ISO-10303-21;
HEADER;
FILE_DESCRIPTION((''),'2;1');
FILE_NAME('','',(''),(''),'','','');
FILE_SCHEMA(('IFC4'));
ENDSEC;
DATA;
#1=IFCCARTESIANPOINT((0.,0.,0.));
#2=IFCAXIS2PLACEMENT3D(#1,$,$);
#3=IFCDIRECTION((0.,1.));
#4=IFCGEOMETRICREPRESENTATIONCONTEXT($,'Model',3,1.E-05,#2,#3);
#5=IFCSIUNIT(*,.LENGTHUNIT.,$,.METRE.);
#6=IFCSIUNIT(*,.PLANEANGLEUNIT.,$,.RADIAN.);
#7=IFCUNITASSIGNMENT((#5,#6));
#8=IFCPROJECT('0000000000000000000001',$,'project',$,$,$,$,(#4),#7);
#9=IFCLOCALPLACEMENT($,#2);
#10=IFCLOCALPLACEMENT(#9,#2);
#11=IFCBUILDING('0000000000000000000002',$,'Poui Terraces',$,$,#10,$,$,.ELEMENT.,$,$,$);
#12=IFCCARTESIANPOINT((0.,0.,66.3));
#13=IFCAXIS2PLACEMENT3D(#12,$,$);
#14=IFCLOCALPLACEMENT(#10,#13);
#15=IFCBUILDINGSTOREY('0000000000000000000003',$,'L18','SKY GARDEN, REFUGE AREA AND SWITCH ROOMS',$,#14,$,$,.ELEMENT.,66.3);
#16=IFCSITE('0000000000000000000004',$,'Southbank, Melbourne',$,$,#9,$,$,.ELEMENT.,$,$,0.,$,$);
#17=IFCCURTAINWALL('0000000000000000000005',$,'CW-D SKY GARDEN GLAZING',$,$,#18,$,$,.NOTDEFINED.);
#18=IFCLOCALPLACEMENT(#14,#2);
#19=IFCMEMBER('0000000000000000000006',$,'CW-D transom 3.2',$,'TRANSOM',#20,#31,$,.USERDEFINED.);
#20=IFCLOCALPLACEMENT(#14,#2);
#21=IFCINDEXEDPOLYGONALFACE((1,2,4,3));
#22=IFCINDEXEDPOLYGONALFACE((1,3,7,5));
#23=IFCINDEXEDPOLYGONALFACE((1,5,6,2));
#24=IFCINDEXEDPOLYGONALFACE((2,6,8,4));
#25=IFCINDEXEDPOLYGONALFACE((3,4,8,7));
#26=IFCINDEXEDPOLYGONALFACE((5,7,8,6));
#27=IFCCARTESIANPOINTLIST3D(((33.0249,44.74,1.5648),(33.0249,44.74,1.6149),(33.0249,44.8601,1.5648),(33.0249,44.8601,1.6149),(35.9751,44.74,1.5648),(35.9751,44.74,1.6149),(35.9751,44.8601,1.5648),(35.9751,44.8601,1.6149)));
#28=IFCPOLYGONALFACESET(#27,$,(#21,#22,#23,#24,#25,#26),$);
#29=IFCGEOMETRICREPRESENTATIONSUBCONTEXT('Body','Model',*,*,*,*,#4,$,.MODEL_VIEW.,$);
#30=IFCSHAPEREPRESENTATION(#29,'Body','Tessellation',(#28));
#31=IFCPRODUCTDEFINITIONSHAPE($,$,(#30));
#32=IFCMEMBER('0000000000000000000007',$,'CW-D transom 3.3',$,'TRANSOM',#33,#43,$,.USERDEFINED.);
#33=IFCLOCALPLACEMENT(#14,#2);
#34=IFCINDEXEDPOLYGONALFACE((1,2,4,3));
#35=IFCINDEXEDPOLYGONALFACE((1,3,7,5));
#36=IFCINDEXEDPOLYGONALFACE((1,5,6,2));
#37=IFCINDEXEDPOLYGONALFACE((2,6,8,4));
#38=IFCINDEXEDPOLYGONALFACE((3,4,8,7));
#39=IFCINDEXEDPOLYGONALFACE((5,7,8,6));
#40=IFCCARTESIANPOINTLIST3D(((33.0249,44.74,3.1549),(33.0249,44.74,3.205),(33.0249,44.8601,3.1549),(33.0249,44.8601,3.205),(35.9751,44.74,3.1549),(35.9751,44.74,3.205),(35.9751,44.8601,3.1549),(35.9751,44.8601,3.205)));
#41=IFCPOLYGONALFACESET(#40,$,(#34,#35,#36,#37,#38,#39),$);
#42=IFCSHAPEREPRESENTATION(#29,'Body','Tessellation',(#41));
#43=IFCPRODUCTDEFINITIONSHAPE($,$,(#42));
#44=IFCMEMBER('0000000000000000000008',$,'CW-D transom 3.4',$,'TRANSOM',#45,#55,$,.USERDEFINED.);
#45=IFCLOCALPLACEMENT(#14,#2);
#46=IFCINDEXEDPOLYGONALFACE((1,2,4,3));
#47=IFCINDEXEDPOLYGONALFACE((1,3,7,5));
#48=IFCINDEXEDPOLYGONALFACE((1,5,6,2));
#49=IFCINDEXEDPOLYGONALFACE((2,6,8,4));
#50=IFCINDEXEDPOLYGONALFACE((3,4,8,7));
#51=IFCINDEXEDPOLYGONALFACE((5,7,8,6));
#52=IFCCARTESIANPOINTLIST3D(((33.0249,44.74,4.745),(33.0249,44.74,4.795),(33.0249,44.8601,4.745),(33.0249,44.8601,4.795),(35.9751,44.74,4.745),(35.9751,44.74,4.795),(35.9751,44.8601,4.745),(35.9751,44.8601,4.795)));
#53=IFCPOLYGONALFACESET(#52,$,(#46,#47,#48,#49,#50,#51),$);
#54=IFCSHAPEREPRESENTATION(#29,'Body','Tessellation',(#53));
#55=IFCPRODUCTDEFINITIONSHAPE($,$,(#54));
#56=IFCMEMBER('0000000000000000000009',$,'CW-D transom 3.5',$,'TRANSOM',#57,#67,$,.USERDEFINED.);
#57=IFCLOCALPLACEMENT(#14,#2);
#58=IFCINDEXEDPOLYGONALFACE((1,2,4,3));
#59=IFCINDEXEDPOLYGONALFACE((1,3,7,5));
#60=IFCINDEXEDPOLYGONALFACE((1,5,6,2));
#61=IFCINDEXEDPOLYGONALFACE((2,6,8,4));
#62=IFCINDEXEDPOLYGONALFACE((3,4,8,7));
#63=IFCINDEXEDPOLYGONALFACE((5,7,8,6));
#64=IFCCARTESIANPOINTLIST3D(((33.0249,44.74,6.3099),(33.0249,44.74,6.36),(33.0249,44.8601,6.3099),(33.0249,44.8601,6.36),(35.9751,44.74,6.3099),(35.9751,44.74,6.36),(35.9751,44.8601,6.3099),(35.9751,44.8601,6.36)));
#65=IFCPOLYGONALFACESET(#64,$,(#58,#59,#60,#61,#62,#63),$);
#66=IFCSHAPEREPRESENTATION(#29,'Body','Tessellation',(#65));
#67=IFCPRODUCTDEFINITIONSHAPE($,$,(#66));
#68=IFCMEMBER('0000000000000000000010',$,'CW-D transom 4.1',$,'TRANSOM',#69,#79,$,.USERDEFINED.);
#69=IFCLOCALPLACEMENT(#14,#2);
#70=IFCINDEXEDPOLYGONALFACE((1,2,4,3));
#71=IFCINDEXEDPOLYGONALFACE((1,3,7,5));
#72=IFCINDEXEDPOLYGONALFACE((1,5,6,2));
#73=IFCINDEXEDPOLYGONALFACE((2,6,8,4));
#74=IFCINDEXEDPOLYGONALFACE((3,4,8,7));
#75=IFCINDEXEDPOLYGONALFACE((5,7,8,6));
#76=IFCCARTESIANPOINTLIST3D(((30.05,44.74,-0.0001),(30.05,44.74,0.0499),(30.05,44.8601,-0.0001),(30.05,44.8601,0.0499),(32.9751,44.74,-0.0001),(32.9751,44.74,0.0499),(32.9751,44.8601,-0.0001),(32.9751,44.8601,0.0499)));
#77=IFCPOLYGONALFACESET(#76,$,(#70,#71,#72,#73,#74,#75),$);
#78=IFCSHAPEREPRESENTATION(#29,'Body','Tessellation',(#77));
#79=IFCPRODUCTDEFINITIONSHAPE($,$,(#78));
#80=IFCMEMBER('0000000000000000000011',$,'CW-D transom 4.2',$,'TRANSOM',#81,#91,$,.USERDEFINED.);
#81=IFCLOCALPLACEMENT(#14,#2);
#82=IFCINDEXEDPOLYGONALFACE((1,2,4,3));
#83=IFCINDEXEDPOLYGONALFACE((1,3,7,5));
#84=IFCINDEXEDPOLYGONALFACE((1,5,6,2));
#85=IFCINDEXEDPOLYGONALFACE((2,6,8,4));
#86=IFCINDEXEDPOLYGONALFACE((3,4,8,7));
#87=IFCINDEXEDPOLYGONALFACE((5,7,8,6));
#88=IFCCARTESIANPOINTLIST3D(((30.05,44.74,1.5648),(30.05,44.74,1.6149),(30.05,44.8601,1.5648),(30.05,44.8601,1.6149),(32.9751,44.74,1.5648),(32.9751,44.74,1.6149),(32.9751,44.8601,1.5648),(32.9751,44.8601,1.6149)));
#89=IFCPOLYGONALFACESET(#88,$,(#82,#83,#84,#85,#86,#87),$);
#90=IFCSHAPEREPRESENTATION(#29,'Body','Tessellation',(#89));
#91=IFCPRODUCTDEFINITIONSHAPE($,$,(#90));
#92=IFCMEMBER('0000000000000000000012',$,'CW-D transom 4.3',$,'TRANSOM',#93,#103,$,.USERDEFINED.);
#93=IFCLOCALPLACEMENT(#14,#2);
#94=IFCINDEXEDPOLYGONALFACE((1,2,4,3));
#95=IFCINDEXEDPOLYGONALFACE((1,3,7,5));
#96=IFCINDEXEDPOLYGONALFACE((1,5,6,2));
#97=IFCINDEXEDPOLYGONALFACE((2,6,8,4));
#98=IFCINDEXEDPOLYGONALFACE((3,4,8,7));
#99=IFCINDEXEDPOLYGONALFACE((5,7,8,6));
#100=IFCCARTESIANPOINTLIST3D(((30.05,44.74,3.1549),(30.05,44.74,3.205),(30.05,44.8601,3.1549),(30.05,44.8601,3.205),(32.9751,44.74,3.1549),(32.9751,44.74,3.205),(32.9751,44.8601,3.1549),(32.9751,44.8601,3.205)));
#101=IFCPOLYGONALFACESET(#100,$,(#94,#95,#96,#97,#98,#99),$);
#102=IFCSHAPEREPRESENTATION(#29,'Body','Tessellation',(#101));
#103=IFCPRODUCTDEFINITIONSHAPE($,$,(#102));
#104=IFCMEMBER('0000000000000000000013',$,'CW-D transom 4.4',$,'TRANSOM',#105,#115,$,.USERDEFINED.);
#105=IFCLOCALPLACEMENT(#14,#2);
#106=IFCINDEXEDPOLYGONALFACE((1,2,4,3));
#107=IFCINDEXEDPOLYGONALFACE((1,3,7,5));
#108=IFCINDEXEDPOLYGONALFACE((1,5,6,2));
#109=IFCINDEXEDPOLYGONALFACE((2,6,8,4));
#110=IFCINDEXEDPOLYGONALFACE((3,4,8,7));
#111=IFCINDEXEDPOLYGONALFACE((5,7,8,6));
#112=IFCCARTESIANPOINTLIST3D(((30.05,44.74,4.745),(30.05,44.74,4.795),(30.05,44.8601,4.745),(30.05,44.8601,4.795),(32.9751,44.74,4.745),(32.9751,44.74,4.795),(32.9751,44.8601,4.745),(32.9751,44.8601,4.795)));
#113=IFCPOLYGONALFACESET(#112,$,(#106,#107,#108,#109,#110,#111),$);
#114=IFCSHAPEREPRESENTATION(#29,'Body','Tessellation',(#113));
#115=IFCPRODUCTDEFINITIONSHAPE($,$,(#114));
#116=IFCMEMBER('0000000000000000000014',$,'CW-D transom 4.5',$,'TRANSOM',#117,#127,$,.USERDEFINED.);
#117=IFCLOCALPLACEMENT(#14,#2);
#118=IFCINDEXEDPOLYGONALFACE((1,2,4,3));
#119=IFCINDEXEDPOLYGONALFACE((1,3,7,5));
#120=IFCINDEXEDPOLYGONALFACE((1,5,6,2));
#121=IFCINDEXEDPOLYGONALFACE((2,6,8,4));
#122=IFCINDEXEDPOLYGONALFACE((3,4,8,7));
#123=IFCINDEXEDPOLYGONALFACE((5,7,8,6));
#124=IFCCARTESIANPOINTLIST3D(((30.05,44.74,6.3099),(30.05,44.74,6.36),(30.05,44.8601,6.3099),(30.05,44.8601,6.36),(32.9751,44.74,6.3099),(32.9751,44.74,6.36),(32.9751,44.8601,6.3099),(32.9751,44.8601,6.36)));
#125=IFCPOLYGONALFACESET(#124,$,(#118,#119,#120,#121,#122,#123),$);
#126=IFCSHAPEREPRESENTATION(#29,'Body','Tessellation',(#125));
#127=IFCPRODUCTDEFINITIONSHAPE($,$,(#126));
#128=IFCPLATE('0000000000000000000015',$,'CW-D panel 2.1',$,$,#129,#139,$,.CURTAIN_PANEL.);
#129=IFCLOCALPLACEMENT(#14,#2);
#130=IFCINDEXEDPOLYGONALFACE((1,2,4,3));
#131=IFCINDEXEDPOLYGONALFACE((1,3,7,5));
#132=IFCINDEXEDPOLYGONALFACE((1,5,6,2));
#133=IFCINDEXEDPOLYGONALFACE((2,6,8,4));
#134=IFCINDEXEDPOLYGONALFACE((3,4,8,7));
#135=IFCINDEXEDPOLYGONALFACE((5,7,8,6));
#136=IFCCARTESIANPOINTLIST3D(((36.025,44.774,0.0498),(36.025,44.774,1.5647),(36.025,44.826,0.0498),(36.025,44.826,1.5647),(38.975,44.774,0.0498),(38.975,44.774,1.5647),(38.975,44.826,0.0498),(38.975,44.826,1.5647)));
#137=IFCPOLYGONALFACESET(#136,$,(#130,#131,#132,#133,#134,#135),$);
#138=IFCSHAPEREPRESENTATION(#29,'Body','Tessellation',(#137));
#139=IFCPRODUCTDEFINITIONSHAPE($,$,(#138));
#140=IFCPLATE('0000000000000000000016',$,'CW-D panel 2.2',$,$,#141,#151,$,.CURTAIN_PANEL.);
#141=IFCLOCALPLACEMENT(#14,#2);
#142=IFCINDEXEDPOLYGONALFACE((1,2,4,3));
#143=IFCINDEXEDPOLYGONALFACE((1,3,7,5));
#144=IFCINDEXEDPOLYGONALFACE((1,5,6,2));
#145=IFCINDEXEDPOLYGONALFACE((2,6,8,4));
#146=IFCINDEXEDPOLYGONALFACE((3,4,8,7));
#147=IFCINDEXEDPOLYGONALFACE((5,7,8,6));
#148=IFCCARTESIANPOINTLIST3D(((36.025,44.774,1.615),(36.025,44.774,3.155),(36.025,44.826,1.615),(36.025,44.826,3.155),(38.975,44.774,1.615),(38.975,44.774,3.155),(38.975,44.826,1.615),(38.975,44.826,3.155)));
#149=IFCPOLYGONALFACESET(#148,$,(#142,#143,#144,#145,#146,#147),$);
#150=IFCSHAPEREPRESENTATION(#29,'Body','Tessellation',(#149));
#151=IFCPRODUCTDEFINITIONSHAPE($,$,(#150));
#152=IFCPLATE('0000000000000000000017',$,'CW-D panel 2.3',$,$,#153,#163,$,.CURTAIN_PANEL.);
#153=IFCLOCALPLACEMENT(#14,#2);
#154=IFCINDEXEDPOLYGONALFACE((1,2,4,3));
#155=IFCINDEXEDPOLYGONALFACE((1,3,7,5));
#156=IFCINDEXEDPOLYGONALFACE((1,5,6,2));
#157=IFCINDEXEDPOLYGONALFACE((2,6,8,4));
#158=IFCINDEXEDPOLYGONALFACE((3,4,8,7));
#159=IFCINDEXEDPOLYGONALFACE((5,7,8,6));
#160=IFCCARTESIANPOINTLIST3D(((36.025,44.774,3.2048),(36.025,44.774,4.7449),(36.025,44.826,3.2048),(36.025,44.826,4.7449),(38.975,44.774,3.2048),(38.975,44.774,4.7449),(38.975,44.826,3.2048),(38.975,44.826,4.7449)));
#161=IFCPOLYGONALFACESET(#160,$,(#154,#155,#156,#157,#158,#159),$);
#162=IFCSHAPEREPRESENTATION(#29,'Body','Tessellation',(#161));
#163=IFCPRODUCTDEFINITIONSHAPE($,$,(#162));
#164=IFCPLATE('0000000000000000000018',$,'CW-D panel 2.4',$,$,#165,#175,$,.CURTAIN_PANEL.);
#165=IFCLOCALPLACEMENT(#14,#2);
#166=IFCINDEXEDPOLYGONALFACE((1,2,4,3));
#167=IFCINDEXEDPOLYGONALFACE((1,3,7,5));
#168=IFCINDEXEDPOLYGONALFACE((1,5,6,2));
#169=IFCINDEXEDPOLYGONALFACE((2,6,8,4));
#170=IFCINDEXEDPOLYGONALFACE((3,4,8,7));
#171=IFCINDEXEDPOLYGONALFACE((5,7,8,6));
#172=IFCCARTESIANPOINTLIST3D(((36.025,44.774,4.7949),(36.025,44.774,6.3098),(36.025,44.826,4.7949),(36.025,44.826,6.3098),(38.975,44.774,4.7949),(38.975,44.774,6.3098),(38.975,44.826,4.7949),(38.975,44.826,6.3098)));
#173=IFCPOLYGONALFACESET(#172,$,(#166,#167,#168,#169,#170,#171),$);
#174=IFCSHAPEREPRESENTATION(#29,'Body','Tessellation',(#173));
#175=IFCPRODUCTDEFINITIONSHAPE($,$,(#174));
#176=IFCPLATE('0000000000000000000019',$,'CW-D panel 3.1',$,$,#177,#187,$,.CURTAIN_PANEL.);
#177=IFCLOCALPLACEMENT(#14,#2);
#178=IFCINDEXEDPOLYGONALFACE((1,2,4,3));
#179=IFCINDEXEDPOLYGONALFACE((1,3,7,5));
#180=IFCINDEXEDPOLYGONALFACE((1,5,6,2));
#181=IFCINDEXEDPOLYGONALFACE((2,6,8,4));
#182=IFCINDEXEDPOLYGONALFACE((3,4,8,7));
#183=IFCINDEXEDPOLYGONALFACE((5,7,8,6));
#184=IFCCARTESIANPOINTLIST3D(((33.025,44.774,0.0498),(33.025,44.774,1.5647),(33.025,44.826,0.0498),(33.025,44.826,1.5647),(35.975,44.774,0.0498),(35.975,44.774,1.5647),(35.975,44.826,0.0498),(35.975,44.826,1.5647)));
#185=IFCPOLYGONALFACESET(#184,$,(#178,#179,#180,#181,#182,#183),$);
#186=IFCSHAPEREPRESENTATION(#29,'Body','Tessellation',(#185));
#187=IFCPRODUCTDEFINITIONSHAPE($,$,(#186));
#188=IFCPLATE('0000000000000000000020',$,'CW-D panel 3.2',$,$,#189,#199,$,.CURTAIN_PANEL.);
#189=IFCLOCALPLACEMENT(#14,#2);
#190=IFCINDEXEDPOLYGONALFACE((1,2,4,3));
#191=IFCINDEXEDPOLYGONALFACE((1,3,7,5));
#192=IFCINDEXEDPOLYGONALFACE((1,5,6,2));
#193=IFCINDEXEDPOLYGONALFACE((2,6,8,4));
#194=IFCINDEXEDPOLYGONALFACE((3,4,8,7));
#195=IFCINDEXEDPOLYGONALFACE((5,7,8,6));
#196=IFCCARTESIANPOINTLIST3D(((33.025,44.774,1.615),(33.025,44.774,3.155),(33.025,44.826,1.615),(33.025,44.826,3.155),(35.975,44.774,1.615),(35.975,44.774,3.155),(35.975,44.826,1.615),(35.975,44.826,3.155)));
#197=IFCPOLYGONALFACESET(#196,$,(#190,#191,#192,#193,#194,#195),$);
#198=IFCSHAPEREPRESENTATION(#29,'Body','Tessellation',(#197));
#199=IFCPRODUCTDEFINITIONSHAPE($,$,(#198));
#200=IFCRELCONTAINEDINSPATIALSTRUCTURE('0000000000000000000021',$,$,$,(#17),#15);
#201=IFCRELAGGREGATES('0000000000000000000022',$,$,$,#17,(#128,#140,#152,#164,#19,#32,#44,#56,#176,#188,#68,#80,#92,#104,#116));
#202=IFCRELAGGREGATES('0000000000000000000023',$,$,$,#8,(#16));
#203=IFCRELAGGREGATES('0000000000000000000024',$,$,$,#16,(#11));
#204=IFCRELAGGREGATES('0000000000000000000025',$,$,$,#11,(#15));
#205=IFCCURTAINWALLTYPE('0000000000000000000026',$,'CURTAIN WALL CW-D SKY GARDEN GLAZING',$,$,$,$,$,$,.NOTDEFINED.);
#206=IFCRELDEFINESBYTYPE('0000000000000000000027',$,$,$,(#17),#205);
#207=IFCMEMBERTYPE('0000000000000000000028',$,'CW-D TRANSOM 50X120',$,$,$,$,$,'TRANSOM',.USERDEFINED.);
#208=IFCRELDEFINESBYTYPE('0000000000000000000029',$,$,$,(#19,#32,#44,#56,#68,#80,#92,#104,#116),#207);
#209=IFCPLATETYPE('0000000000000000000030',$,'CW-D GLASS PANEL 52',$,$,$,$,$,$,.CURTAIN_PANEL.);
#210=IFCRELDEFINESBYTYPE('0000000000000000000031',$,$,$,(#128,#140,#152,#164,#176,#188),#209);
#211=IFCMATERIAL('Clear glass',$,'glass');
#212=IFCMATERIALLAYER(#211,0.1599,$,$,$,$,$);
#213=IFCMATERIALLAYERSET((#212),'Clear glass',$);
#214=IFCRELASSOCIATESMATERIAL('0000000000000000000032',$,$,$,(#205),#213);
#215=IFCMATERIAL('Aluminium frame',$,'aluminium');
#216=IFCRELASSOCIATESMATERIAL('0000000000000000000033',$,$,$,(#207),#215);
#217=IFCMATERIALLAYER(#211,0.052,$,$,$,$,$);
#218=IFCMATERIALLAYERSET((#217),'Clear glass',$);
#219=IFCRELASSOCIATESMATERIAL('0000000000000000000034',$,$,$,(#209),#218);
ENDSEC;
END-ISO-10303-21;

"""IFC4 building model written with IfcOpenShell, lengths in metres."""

from ifc_helpers import new_model, si_unit, direction, frame, origin, origin_2d, place, context, subcontext, project, spatial, rectangle, extrude, material, layer, layer_set, material_profile, profile_set, type_object, element, aggregate, save


model = new_model("IFC4")

# Units and contexts
model_context = context("Model", 3, precision=1e-05, world=origin(), true_north=direction((0.0, 1.0)))
body_context = subcontext(model_context, "Body", "Model", "MODEL_VIEW")
ifc_project = project(units=[si_unit("LENGTHUNIT", "METRE"), si_unit("PLANEANGLEUNIT", "RADIAN")], contexts=[model_context])

# Site, building, storey
site_placement = place(None, origin())
site = spatial("IfcSite", under=ifc_project, at=site_placement, Name="Southbank, Melbourne", CompositionType="ELEMENT", RefElevation=0.0)
building_placement = place(site_placement, origin())
building = spatial("IfcBuilding", under=site, at=building_placement, Name="Poui Terraces", CompositionType="ELEMENT")
storey_placement = place(building_placement, frame((0.0, 0.0, 66.3)))
storey = spatial("IfcBuildingStorey", under=building, at=storey_placement, Name="L18", Description="SKY GARDEN, REFUGE AREA AND SWITCH ROOMS", CompositionType="ELEMENT", Elevation=66.3)

# Shared definitions
ifc_material_1 = material(Name="Clear glass", Category="glass")
ifc_layer_1 = layer(ifc_material_1, 0.1599)
ifc_layer_set_1 = layer_set([ifc_layer_1], Name="Clear glass")
curtain_wall_type = type_object("IfcCurtainWallType", Name="CURTAIN WALL CW-D SKY GARDEN GLAZING", PredefinedType="NOTDEFINED", material=ifc_layer_set_1)
ifc_material_2 = material(Name="Aluminium frame", Category="aluminium")

# Curtain wall
curtain_wall_1_placement = place(storey_placement, origin())
curtain_wall_1 = element("IfcCurtainWall", 1, at=curtain_wall_1_placement, inside=storey, type_object=curtain_wall_type, Name="CW-D SKY GARDEN GLAZING", PredefinedType="NOTDEFINED")

# Members
ifc_material_profile_1 = material_profile(ifc_material_2, rectangle(XDim=0.1201, YDim=0.05, at=origin_2d()), Name="CW-D TRANSOM 50X120")
ifc_profile_set_1 = profile_set([ifc_material_profile_1], Name="Aluminium frame")
member_type_1 = type_object("IfcMemberType", Name="CW-D TRANSOM 50X120", ElementType="TRANSOM", PredefinedType="USERDEFINED", material=ifc_profile_set_1)
member_1_placement = place(storey_placement, frame((35.9751, 44.8, 1.5898), z_axis=(-1.0, 0.0, 0.0), x_axis=(0.0, -1.0, 0.0)))
member_1 = element("IfcMember", 2, at=member_1_placement, type_object=member_type_1, Name="CW-D transom 3.2", ObjectType="TRANSOM", PredefinedType="USERDEFINED", context=body_context, shape_type="SweptSolid", body=[
    extrude(rectangle(XDim=0.1201, YDim=0.05, at=origin_2d()), origin(), (0.0, 0.0, 1.0), 2.9502),
])
member_2_placement = place(storey_placement, frame((35.9751, 44.8, 3.1799), z_axis=(-1.0, 0.0, 0.0), x_axis=(0.0, -1.0, 0.0)))
member_2 = element("IfcMember", 3, at=member_2_placement, type_object=member_type_1, Name="CW-D transom 3.3", ObjectType="TRANSOM", PredefinedType="USERDEFINED", context=body_context, shape_type="SweptSolid", body=[
    extrude(rectangle(XDim=0.1201, YDim=0.05, at=origin_2d()), origin(), (0.0, 0.0, 1.0), 2.9502),
])
member_3_placement = place(storey_placement, frame((35.9751, 44.8, 4.77), z_axis=(-1.0, 0.0, 0.0), x_axis=(0.0, -1.0, 0.0)))
member_3 = element("IfcMember", 4, at=member_3_placement, type_object=member_type_1, Name="CW-D transom 3.4", ObjectType="TRANSOM", PredefinedType="USERDEFINED", context=body_context, shape_type="SweptSolid", body=[
    extrude(rectangle(XDim=0.1201, YDim=0.05, at=origin_2d()), origin(), (0.0, 0.0, 1.0), 2.9502),
])
member_4_placement = place(storey_placement, frame((35.9751, 44.8, 6.335), z_axis=(-1.0, 0.0, 0.0), x_axis=(0.0, -1.0, 0.0)))
member_4 = element("IfcMember", 5, at=member_4_placement, type_object=member_type_1, Name="CW-D transom 3.5", ObjectType="TRANSOM", PredefinedType="USERDEFINED", context=body_context, shape_type="SweptSolid", body=[
    extrude(rectangle(XDim=0.1201, YDim=0.05, at=origin_2d()), origin(), (0.0, 0.0, 1.0), 2.9502),
])
member_5_placement = place(storey_placement, frame((32.9751, 44.8, 0.0249), z_axis=(-1.0, 0.0, 0.0), x_axis=(0.0, -1.0, 0.0)))
member_5 = element("IfcMember", 6, at=member_5_placement, type_object=member_type_1, Name="CW-D transom 4.1", ObjectType="TRANSOM", PredefinedType="USERDEFINED", context=body_context, shape_type="SweptSolid", body=[
    extrude(rectangle(XDim=0.1201, YDim=0.05, at=origin_2d()), origin(), (0.0, 0.0, 1.0), 2.925),
])
member_6_placement = place(storey_placement, frame((32.9751, 44.8, 1.5898), z_axis=(-1.0, 0.0, 0.0), x_axis=(0.0, -1.0, 0.0)))
member_6 = element("IfcMember", 7, at=member_6_placement, type_object=member_type_1, Name="CW-D transom 4.2", ObjectType="TRANSOM", PredefinedType="USERDEFINED", context=body_context, shape_type="SweptSolid", body=[
    extrude(rectangle(XDim=0.1201, YDim=0.05, at=origin_2d()), origin(), (0.0, 0.0, 1.0), 2.925),
])
member_7_placement = place(storey_placement, frame((32.9751, 44.8, 3.1799), z_axis=(-1.0, 0.0, 0.0), x_axis=(0.0, -1.0, 0.0)))
member_7 = element("IfcMember", 8, at=member_7_placement, type_object=member_type_1, Name="CW-D transom 4.3", ObjectType="TRANSOM", PredefinedType="USERDEFINED", context=body_context, shape_type="SweptSolid", body=[
    extrude(rectangle(XDim=0.1201, YDim=0.05, at=origin_2d()), origin(), (0.0, 0.0, 1.0), 2.925),
])
member_8_placement = place(storey_placement, frame((32.9751, 44.8, 4.77), z_axis=(-1.0, 0.0, 0.0), x_axis=(0.0, -1.0, 0.0)))
member_8 = element("IfcMember", 9, at=member_8_placement, type_object=member_type_1, Name="CW-D transom 4.4", ObjectType="TRANSOM", PredefinedType="USERDEFINED", context=body_context, shape_type="SweptSolid", body=[
    extrude(rectangle(XDim=0.1201, YDim=0.05, at=origin_2d()), origin(), (0.0, 0.0, 1.0), 2.925),
])
member_9_placement = place(storey_placement, frame((32.9751, 44.8, 6.335), z_axis=(-1.0, 0.0, 0.0), x_axis=(0.0, -1.0, 0.0)))
member_9 = element("IfcMember", 10, at=member_9_placement, type_object=member_type_1, Name="CW-D transom 4.5", ObjectType="TRANSOM", PredefinedType="USERDEFINED", context=body_context, shape_type="SweptSolid", body=[
    extrude(rectangle(XDim=0.1201, YDim=0.05, at=origin_2d()), origin(), (0.0, 0.0, 1.0), 2.925),
])

# Plates
ifc_layer_2 = layer(ifc_material_1, 0.052)
ifc_layer_set_2 = layer_set([ifc_layer_2], Name="Clear glass")
plate_type = type_object("IfcPlateType", Name="CW-D GLASS PANEL 52", PredefinedType="CURTAIN_PANEL", material=ifc_layer_set_2)
plate_1_placement = place(storey_placement, frame((37.5, 44.8, 0.0498), z_axis=(0.0, 0.0, 1.0), x_axis=(-1.0, 0.0, 0.0)))
plate_1 = element("IfcPlate", 11, at=plate_1_placement, type_object=plate_type, Name="CW-D panel 2.1", PredefinedType="CURTAIN_PANEL", context=body_context, shape_type="SweptSolid", body=[
    extrude(rectangle(XDim=2.95, YDim=0.052, at=origin_2d()), origin(), (0.0, 0.0, 1.0), 1.5149),
])
plate_2_placement = place(storey_placement, frame((37.5, 44.8, 1.615), z_axis=(0.0, 0.0, 1.0), x_axis=(-1.0, 0.0, 0.0)))
plate_2 = element("IfcPlate", 12, at=plate_2_placement, type_object=plate_type, Name="CW-D panel 2.2", PredefinedType="CURTAIN_PANEL", context=body_context, shape_type="SweptSolid", body=[
    extrude(rectangle(XDim=2.95, YDim=0.052, at=origin_2d()), origin(), (0.0, 0.0, 1.0), 1.54),
])
plate_3_placement = place(storey_placement, frame((37.5, 44.8, 3.2048), z_axis=(0.0, 0.0, 1.0), x_axis=(-1.0, 0.0, 0.0)))
plate_3 = element("IfcPlate", 13, at=plate_3_placement, type_object=plate_type, Name="CW-D panel 2.3", PredefinedType="CURTAIN_PANEL", context=body_context, shape_type="SweptSolid", body=[
    extrude(rectangle(XDim=2.95, YDim=0.052, at=origin_2d()), origin(), (0.0, 0.0, 1.0), 1.54),
])
plate_4_placement = place(storey_placement, frame((37.5, 44.8, 4.7949), z_axis=(0.0, 0.0, 1.0), x_axis=(-1.0, 0.0, 0.0)))
plate_4 = element("IfcPlate", 14, at=plate_4_placement, type_object=plate_type, Name="CW-D panel 2.4", PredefinedType="CURTAIN_PANEL", context=body_context, shape_type="SweptSolid", body=[
    extrude(rectangle(XDim=2.95, YDim=0.052, at=origin_2d()), origin(), (0.0, 0.0, 1.0), 1.5149),
])
plate_5_placement = place(storey_placement, frame((34.5, 44.8, 0.0498), z_axis=(0.0, 0.0, 1.0), x_axis=(-1.0, 0.0, 0.0)))
plate_5 = element("IfcPlate", 15, at=plate_5_placement, type_object=plate_type, Name="CW-D panel 3.1", PredefinedType="CURTAIN_PANEL", context=body_context, shape_type="SweptSolid", body=[
    extrude(rectangle(XDim=2.95, YDim=0.052, at=origin_2d()), origin(), (0.0, 0.0, 1.0), 1.5149),
])
plate_6_placement = place(storey_placement, frame((34.5, 44.8, 1.615), z_axis=(0.0, 0.0, 1.0), x_axis=(-1.0, 0.0, 0.0)))
plate_6 = element("IfcPlate", 16, at=plate_6_placement, type_object=plate_type, Name="CW-D panel 3.2", PredefinedType="CURTAIN_PANEL", context=body_context, shape_type="SweptSolid", body=[
    extrude(rectangle(XDim=2.95, YDim=0.052, at=origin_2d()), origin(), (0.0, 0.0, 1.0), 1.54),
])
aggregate(curtain_wall_1, [plate_1, plate_2, plate_3, plate_4, member_1, member_2, member_3, member_4, plate_5, plate_6, member_5, member_6, member_7, member_8, member_9])

save(model, "model.ifc")
